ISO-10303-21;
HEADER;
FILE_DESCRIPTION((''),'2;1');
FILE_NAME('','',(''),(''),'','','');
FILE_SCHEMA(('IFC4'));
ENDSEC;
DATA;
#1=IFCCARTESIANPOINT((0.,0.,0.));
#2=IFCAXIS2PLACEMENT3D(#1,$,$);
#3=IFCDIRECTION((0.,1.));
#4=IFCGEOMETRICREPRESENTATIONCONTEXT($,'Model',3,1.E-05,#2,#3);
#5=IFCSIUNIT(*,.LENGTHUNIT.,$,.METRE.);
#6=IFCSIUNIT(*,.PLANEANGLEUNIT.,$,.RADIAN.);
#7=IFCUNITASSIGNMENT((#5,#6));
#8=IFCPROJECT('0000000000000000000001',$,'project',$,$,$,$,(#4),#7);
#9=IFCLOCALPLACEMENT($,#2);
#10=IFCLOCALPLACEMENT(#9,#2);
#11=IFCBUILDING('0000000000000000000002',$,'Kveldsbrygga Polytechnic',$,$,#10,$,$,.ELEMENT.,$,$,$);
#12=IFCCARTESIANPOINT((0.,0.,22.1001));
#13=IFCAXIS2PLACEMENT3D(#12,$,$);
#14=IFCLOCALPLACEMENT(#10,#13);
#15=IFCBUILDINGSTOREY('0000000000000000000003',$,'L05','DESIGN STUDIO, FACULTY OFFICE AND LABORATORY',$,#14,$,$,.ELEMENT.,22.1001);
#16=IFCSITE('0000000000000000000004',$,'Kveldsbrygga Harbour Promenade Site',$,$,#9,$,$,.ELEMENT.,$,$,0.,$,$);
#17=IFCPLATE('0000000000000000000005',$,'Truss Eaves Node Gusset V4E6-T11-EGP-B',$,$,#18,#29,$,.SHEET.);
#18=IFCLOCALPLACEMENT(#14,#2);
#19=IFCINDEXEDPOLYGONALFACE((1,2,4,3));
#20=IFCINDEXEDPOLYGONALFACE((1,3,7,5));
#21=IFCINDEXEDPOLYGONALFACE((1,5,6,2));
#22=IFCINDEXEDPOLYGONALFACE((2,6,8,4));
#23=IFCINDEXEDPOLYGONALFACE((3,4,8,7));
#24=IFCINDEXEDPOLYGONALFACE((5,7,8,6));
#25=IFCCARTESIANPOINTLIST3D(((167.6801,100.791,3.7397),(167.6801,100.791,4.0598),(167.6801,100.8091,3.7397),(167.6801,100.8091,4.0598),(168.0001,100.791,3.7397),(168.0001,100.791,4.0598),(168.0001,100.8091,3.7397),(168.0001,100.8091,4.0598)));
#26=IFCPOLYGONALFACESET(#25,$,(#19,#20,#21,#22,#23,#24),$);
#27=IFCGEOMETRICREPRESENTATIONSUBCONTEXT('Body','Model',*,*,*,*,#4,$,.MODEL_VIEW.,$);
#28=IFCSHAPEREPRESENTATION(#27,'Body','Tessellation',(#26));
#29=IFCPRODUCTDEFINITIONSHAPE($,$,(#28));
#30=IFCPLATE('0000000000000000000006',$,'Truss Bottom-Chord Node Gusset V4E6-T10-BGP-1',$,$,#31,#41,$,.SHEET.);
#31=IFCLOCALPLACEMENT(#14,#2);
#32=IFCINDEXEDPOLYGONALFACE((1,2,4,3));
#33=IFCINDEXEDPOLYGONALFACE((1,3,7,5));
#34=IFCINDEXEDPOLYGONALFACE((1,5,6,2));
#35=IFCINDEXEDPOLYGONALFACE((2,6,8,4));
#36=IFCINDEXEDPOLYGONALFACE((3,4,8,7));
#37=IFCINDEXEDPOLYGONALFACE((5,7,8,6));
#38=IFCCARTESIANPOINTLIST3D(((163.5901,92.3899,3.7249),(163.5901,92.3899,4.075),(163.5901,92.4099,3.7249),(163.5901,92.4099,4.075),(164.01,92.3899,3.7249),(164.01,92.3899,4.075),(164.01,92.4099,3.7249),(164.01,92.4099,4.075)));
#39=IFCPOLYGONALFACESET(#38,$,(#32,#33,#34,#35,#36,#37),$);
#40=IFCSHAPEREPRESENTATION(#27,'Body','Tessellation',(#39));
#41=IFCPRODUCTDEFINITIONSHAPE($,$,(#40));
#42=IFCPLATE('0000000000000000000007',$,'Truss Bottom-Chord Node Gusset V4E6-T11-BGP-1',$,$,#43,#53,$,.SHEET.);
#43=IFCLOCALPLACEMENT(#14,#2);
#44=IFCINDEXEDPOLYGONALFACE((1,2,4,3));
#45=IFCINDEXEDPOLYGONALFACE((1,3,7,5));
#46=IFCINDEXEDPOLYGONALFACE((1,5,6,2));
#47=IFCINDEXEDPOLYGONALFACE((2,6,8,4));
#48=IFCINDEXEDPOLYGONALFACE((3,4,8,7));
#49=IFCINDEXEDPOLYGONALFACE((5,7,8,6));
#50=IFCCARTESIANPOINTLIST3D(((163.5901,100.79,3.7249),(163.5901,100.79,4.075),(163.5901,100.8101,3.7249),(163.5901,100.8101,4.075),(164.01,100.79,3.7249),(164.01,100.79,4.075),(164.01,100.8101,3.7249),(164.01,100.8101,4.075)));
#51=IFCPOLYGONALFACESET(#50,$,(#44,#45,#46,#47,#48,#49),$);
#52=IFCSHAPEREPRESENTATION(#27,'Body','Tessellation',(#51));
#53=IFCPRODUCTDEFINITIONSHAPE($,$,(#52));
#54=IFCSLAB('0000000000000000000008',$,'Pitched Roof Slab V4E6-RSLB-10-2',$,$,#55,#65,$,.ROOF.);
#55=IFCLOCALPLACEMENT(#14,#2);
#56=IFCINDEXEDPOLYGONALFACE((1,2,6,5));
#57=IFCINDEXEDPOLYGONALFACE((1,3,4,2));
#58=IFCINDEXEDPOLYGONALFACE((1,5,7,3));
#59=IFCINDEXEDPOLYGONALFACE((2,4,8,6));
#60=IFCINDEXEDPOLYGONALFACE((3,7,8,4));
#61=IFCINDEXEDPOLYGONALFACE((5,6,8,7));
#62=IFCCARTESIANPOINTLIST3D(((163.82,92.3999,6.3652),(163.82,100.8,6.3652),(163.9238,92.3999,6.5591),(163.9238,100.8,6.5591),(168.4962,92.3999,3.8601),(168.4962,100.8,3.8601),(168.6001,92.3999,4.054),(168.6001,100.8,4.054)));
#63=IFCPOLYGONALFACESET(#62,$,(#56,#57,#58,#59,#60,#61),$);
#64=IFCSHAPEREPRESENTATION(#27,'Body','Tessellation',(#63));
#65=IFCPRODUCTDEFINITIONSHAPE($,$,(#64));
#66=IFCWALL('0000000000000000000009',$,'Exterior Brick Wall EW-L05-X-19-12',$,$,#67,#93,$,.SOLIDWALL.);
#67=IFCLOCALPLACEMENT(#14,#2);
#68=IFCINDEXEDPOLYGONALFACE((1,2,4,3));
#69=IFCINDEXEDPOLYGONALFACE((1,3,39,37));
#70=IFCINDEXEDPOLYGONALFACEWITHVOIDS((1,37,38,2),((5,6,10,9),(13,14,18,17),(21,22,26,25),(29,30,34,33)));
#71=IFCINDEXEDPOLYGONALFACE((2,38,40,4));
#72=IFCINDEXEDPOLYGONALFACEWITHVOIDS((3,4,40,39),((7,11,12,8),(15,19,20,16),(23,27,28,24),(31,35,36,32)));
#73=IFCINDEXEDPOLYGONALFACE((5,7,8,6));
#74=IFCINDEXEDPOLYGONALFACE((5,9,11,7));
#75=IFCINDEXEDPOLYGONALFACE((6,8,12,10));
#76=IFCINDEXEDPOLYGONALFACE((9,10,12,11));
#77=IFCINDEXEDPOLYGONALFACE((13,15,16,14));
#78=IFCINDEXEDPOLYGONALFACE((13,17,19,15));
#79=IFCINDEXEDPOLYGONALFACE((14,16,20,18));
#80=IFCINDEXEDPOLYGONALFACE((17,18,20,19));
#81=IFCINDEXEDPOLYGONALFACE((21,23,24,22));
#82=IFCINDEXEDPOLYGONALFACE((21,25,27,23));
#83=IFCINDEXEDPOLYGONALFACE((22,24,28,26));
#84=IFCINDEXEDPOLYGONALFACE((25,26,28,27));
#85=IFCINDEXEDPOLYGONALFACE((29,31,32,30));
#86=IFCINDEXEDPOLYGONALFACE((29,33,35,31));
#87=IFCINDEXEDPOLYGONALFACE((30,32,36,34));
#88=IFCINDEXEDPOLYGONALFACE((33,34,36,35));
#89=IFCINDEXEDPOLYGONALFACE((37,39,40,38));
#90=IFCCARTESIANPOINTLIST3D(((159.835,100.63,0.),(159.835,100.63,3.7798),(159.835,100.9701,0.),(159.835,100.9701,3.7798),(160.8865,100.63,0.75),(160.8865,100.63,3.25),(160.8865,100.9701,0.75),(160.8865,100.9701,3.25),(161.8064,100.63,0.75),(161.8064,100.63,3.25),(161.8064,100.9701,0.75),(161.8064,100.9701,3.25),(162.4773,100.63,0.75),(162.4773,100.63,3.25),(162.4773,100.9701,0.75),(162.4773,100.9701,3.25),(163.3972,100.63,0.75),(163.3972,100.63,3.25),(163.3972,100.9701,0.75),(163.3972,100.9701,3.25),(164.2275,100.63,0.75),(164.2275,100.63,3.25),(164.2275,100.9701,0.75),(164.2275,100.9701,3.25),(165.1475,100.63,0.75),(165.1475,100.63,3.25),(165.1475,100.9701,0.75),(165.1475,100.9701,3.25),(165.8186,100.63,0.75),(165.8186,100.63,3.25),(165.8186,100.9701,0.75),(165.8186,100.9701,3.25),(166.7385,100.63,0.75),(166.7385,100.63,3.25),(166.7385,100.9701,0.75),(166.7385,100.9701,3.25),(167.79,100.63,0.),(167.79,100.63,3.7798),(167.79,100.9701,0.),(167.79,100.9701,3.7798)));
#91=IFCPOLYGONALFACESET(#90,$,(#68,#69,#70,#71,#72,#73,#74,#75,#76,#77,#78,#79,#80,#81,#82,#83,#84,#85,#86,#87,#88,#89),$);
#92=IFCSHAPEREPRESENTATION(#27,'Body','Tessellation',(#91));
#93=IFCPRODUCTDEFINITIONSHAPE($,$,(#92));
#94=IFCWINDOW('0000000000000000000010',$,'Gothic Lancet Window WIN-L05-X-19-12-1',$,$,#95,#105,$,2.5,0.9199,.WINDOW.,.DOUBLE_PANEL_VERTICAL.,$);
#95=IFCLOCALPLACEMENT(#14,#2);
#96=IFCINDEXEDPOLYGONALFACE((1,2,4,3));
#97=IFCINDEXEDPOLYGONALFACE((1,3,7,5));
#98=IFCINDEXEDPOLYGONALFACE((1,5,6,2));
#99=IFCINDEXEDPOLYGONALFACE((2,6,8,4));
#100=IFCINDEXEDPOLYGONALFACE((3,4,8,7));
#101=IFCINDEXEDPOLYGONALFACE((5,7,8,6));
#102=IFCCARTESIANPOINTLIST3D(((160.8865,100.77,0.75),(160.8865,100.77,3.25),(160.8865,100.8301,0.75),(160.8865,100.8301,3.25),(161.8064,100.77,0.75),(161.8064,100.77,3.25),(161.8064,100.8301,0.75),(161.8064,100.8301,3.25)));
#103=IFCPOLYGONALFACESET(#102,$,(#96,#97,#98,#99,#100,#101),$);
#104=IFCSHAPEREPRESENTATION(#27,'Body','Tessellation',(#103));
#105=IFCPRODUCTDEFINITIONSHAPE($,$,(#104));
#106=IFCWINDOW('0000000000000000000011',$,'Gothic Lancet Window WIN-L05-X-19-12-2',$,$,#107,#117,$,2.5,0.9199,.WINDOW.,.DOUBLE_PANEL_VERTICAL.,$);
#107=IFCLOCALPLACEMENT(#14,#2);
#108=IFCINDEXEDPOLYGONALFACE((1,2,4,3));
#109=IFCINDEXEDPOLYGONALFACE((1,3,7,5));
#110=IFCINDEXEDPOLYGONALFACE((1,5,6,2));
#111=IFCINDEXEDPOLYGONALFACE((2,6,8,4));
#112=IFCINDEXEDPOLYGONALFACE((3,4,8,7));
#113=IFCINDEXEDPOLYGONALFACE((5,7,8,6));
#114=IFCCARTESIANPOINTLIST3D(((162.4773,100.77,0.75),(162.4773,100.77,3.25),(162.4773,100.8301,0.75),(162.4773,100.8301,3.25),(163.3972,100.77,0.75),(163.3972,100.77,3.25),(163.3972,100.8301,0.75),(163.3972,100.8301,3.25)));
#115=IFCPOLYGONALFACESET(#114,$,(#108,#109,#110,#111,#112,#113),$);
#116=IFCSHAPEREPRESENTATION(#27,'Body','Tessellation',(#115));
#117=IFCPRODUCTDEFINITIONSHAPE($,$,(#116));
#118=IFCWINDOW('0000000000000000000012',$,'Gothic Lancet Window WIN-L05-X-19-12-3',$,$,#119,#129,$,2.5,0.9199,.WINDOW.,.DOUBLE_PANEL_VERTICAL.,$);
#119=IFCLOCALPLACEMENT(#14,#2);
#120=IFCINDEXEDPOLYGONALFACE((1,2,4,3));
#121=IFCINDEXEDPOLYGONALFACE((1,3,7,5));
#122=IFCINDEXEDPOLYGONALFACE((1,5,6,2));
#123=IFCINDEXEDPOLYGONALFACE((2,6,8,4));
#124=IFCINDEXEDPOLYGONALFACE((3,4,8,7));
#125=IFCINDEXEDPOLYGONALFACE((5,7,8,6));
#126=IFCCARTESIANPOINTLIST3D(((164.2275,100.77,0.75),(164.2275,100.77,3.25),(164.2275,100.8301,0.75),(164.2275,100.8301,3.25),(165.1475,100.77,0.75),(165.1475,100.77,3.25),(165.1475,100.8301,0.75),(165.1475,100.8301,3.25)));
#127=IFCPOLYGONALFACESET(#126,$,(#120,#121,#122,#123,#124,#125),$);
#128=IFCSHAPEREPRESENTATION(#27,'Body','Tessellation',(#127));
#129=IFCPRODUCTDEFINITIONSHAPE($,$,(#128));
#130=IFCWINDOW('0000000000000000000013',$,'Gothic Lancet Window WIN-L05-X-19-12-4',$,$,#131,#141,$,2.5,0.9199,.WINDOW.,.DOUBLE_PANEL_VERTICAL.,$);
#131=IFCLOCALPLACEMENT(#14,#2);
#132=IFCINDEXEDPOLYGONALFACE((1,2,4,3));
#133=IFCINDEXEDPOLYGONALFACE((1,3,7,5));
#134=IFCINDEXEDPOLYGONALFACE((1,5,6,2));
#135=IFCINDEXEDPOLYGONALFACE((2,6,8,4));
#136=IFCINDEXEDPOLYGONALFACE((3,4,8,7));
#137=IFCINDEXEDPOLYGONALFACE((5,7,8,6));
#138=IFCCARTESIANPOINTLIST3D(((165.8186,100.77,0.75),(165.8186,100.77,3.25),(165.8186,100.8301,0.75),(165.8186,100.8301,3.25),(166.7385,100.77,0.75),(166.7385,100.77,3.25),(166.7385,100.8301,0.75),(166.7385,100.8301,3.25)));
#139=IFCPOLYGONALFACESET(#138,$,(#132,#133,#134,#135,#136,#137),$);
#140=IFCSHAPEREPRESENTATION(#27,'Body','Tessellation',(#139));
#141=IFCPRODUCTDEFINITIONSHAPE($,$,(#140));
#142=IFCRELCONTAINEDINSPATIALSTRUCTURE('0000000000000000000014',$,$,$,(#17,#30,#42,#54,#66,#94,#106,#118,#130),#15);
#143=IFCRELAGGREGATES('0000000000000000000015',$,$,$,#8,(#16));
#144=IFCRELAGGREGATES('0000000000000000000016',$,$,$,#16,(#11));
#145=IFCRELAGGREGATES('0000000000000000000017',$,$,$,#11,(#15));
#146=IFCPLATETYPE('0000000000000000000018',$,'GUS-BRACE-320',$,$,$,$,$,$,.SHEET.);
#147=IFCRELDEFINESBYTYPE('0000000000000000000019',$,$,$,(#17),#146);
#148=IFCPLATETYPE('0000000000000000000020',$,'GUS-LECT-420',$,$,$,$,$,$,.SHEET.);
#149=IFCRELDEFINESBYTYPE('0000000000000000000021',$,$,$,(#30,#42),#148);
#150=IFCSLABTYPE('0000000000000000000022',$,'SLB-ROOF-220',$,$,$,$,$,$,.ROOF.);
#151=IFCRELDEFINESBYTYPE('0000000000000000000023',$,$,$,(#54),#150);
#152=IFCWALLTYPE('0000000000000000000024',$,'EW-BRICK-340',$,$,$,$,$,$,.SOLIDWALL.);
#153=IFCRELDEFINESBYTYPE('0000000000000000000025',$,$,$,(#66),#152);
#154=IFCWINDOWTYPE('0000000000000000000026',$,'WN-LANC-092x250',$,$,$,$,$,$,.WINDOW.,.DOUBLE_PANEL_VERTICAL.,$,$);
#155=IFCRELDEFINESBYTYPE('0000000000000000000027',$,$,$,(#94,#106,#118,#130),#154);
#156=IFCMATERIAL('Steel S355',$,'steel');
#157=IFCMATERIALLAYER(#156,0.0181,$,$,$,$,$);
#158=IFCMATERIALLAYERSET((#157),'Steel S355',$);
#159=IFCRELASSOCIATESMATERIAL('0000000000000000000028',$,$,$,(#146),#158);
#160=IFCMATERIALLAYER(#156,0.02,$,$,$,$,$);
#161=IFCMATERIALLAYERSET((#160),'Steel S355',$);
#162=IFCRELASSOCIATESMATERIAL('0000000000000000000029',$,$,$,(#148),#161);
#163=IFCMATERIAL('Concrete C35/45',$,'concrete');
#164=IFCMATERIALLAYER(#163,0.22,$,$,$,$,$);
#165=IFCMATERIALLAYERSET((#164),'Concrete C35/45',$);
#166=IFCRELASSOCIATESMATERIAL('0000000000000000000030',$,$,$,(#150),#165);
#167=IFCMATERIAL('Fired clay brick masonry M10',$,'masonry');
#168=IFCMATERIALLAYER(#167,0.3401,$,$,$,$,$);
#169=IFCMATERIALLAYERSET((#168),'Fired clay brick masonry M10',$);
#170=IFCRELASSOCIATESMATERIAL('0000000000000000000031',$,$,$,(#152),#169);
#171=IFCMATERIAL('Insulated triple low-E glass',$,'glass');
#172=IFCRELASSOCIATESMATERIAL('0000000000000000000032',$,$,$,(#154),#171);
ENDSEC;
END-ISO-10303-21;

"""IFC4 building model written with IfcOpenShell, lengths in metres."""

from ifc_helpers import new_model, si_unit, direction, frame, frame_2d, origin, origin_2d, place, context, subcontext, project, spatial, polyline, rectangle, outline, extrude, material, layer, layer_set, type_object, element, fill, save


model = new_model("IFC4")

# Units and contexts
model_context = context("Model", 3, precision=1e-05, world=origin(), true_north=direction((0.0, 1.0)))
body_context = subcontext(model_context, "Body", "Model", "MODEL_VIEW")
ifc_project = project(units=[si_unit("LENGTHUNIT", "METRE"), si_unit("PLANEANGLEUNIT", "RADIAN")], contexts=[model_context])

# Site, building, storey
site_placement = place(None, origin())
site = spatial("IfcSite", under=ifc_project, at=site_placement, Name="Kveldsbrygga Harbour Promenade Site", CompositionType="ELEMENT", RefElevation=0.0)
building_placement = place(site_placement, origin())
building = spatial("IfcBuilding", under=site, at=building_placement, Name="Kveldsbrygga Polytechnic", CompositionType="ELEMENT")
storey_placement = place(building_placement, frame((0.0, 0.0, 22.1001)))
storey = spatial("IfcBuildingStorey", under=building, at=storey_placement, Name="L05", Description="DESIGN STUDIO, FACULTY OFFICE AND LABORATORY", CompositionType="ELEMENT", Elevation=22.1001)

# Shared definitions
ifc_material_1 = material(Name="Steel S355", Category="steel")

# Plates
ifc_layer_1 = layer(ifc_material_1, 0.0181)
ifc_layer_set_1 = layer_set([ifc_layer_1], Name="Steel S355")
plate_type_1 = type_object("IfcPlateType", Name="GUS-BRACE-320", PredefinedType="SHEET", material=ifc_layer_set_1)
for number, where, z_axis, x_axis, name in (
    (1, (167.8401, 100.8, 3.7397), (0.0, 0.0, 1.0), (1.0, 0.0, 0.0), "Truss Eaves Node Gusset V4E6-T11-EGP-B"),
):
    element("IfcPlate", number, at=place(storey_placement, frame(where, z_axis=z_axis, x_axis=x_axis)), inside=storey, type_object=plate_type_1, Name=name, PredefinedType="SHEET", context=body_context, shape_type="SweptSolid", body=[
        extrude(rectangle(XDim=0.3201, YDim=0.0181, at=origin_2d()), origin(), (0.0, 0.0, 1.0), 0.3201),
    ])
ifc_layer_2 = layer(ifc_material_1, 0.02)
ifc_layer_set_2 = layer_set([ifc_layer_2], Name="Steel S355")
plate_type_2 = type_object("IfcPlateType", Name="GUS-LECT-420", PredefinedType="SHEET", material=ifc_layer_set_2)
for number, where, z_axis, x_axis, name in (
    (2, (163.8, 92.3999, 3.7249), (0.0, 0.0, 1.0), (1.0, 0.0, 0.0), "Truss Bottom-Chord Node Gusset V4E6-T10-BGP-1"),
    (3, (163.8, 100.8, 3.7249), (0.0, 0.0, 1.0), (1.0, 0.0, 0.0), "Truss Bottom-Chord Node Gusset V4E6-T11-BGP-1"),
):
    element("IfcPlate", number, at=place(storey_placement, frame(where, z_axis=z_axis, x_axis=x_axis)), inside=storey, type_object=plate_type_2, Name=name, PredefinedType="SHEET", context=body_context, shape_type="SweptSolid", body=[
        extrude(rectangle(XDim=0.4199, YDim=0.02, at=origin_2d()), origin(), (0.0, 0.0, 1.0), 0.3501),
    ])

# Slab
ifc_material_2 = material(Name="Concrete C35/45", Category="concrete")
ifc_layer_3 = layer(ifc_material_2, 0.22)
ifc_layer_set_3 = layer_set([ifc_layer_3], Name="Concrete C35/45")
slab_type = type_object("IfcSlabType", Name="SLB-ROOF-220", PredefinedType="ROOF", material=ifc_layer_set_3)
slab_placement = place(storey_placement, frame((163.9238, 92.3999, 6.5591), z_axis=(0.472219, 0.0, 0.881481), x_axis=(0.881481, 0.0, -0.472219)))
element("IfcSlab", 4, at=slab_placement, inside=storey, type_object=slab_type, Name="Pitched Roof Slab V4E6-RSLB-10-2", PredefinedType="ROOF", context=body_context, shape_type="SweptSolid", body=[
    extrude(outline(polyline([(0.0, 0.0), (5.305, 0.0), (5.305, 8.4001), (0.0, 8.4001), (0.0, 0.0)])), origin(), (0.0, 0.0, -1.0), 0.22),
])

# Wall, openings, windows
ifc_material_3 = material(Name="Fired clay brick masonry M10", Category="masonry")
ifc_layer_4 = layer(ifc_material_3, 0.3401)
ifc_layer_set_4 = layer_set([ifc_layer_4], Name="Fired clay brick masonry M10")
wall_type = type_object("IfcWallType", Name="EW-BRICK-340", PredefinedType="SOLIDWALL", material=ifc_layer_set_4)
wall_1_placement = place(storey_placement, frame((159.835, 100.8, 0.0), z_axis=(0.0, 0.0, 1.0), x_axis=(1.0, 0.0, 0.0)))
wall_1 = element("IfcWall", 5, at=wall_1_placement, inside=storey, type_object=wall_type, Name="Exterior Brick Wall EW-L05-X-19-12", PredefinedType="SOLIDWALL", context=body_context, shape_type="SweptSolid", body=[
    extrude(rectangle(XDim=7.9551, YDim=0.3401, at=frame_2d((3.9775, 0.0))), origin(), (0.0, 0.0, 1.0), 3.7798),
])
opening_1_placement = place(wall_1_placement, frame((1.0515, 0.0, 0.75)))
opening_1 = element("IfcOpeningElement", 6, at=opening_1_placement, cuts=wall_1, PredefinedType="OPENING", context=body_context, shape_type="SweptSolid", body=[
    extrude(rectangle(XDim=0.9199, YDim=2.5, at=frame_2d((0.46, 1.25))), frame((0.0, 0.1802, 0.0), z_axis=(0.0, -1.0, 0.0), x_axis=(1.0, 0.0, 0.0)), (0.0, 0.0, 1.0), 0.3601),
])
opening_2_placement = place(wall_1_placement, frame((2.6423, 0.0, 0.75)))
opening_2 = element("IfcOpeningElement", 7, at=opening_2_placement, cuts=wall_1, PredefinedType="OPENING", context=body_context, shape_type="SweptSolid", body=[
    extrude(rectangle(XDim=0.9199, YDim=2.5, at=frame_2d((0.46, 1.25))), frame((0.0, 0.1802, 0.0), z_axis=(0.0, -1.0, 0.0), x_axis=(1.0, 0.0, 0.0)), (0.0, 0.0, 1.0), 0.3601),
])
opening_3_placement = place(wall_1_placement, frame((4.3926, 0.0, 0.75)))
opening_3 = element("IfcOpeningElement", 8, at=opening_3_placement, cuts=wall_1, PredefinedType="OPENING", context=body_context, shape_type="SweptSolid", body=[
    extrude(rectangle(XDim=0.9199, YDim=2.5, at=frame_2d((0.46, 1.25))), frame((0.0, 0.1802, 0.0), z_axis=(0.0, -1.0, 0.0), x_axis=(1.0, 0.0, 0.0)), (0.0, 0.0, 1.0), 0.3601),
])
opening_4_placement = place(wall_1_placement, frame((5.9836, 0.0, 0.75)))
opening_4 = element("IfcOpeningElement", 9, at=opening_4_placement, cuts=wall_1, PredefinedType="OPENING", context=body_context, shape_type="SweptSolid", body=[
    extrude(rectangle(XDim=0.9199, YDim=2.5, at=frame_2d((0.46, 1.25))), frame((0.0, 0.1802, 0.0), z_axis=(0.0, -1.0, 0.0), x_axis=(1.0, 0.0, 0.0)), (0.0, 0.0, 1.0), 0.3601),
])
ifc_material_4 = material(Name="Insulated triple low-E glass", Category="glass")
window_type_1 = type_object("IfcWindowType", Name="WN-LANC-092x250", PartitioningType="DOUBLE_PANEL_VERTICAL", PredefinedType="WINDOW", material=ifc_material_4)
window_1_placement = place(opening_1_placement, origin())
window_1 = element("IfcWindow", 10, at=window_1_placement, inside=storey, type_object=window_type_1, Name="Gothic Lancet Window WIN-L05-X-19-12-1", OverallHeight=2.5, OverallWidth=0.9199, PartitioningType="DOUBLE_PANEL_VERTICAL", PredefinedType="WINDOW", context=body_context, shape_type="SweptSolid", body=[
    extrude(rectangle(XDim=0.9199, YDim=2.5, at=frame_2d((0.46, 1.25))), frame((0.0, 0.03, 0.0), z_axis=(0.0, -1.0, 0.0), x_axis=(1.0, 0.0, 0.0)), (0.0, 0.0, 1.0), 0.0601),
])
fill(opening_1, window_1)
window_2_placement = place(opening_2_placement, origin())
window_2 = element("IfcWindow", 11, at=window_2_placement, inside=storey, type_object=window_type_1, Name="Gothic Lancet Window WIN-L05-X-19-12-2", OverallHeight=2.5, OverallWidth=0.9199, PartitioningType="DOUBLE_PANEL_VERTICAL", PredefinedType="WINDOW", context=body_context, shape_type="SweptSolid", body=[
    extrude(rectangle(XDim=0.9199, YDim=2.5, at=frame_2d((0.46, 1.25))), frame((0.0, 0.03, 0.0), z_axis=(0.0, -1.0, 0.0), x_axis=(1.0, 0.0, 0.0)), (0.0, 0.0, 1.0), 0.0601),
])
fill(opening_2, window_2)
window_3_placement = place(opening_3_placement, origin())
window_3 = element("IfcWindow", 12, at=window_3_placement, inside=storey, type_object=window_type_1, Name="Gothic Lancet Window WIN-L05-X-19-12-3", OverallHeight=2.5, OverallWidth=0.9199, PartitioningType="DOUBLE_PANEL_VERTICAL", PredefinedType="WINDOW", context=body_context, shape_type="SweptSolid", body=[
    extrude(rectangle(XDim=0.9199, YDim=2.5, at=frame_2d((0.46, 1.25))), frame((0.0, 0.03, 0.0), z_axis=(0.0, -1.0, 0.0), x_axis=(1.0, 0.0, 0.0)), (0.0, 0.0, 1.0), 0.0601),
])
fill(opening_3, window_3)
window_4_placement = place(opening_4_placement, origin())
window_4 = element("IfcWindow", 13, at=window_4_placement, inside=storey, type_object=window_type_1, Name="Gothic Lancet Window WIN-L05-X-19-12-4", OverallHeight=2.5, OverallWidth=0.9199, PartitioningType="DOUBLE_PANEL_VERTICAL", PredefinedType="WINDOW", context=body_context, shape_type="SweptSolid", body=[
    extrude(rectangle(XDim=0.9199, YDim=2.5, at=frame_2d((0.46, 1.25))), frame((0.0, 0.03, 0.0), z_axis=(0.0, -1.0, 0.0), x_axis=(1.0, 0.0, 0.0)), (0.0, 0.0, 1.0), 0.0601),
])
fill(opening_4, window_4)

save(model, "model.ifc")
